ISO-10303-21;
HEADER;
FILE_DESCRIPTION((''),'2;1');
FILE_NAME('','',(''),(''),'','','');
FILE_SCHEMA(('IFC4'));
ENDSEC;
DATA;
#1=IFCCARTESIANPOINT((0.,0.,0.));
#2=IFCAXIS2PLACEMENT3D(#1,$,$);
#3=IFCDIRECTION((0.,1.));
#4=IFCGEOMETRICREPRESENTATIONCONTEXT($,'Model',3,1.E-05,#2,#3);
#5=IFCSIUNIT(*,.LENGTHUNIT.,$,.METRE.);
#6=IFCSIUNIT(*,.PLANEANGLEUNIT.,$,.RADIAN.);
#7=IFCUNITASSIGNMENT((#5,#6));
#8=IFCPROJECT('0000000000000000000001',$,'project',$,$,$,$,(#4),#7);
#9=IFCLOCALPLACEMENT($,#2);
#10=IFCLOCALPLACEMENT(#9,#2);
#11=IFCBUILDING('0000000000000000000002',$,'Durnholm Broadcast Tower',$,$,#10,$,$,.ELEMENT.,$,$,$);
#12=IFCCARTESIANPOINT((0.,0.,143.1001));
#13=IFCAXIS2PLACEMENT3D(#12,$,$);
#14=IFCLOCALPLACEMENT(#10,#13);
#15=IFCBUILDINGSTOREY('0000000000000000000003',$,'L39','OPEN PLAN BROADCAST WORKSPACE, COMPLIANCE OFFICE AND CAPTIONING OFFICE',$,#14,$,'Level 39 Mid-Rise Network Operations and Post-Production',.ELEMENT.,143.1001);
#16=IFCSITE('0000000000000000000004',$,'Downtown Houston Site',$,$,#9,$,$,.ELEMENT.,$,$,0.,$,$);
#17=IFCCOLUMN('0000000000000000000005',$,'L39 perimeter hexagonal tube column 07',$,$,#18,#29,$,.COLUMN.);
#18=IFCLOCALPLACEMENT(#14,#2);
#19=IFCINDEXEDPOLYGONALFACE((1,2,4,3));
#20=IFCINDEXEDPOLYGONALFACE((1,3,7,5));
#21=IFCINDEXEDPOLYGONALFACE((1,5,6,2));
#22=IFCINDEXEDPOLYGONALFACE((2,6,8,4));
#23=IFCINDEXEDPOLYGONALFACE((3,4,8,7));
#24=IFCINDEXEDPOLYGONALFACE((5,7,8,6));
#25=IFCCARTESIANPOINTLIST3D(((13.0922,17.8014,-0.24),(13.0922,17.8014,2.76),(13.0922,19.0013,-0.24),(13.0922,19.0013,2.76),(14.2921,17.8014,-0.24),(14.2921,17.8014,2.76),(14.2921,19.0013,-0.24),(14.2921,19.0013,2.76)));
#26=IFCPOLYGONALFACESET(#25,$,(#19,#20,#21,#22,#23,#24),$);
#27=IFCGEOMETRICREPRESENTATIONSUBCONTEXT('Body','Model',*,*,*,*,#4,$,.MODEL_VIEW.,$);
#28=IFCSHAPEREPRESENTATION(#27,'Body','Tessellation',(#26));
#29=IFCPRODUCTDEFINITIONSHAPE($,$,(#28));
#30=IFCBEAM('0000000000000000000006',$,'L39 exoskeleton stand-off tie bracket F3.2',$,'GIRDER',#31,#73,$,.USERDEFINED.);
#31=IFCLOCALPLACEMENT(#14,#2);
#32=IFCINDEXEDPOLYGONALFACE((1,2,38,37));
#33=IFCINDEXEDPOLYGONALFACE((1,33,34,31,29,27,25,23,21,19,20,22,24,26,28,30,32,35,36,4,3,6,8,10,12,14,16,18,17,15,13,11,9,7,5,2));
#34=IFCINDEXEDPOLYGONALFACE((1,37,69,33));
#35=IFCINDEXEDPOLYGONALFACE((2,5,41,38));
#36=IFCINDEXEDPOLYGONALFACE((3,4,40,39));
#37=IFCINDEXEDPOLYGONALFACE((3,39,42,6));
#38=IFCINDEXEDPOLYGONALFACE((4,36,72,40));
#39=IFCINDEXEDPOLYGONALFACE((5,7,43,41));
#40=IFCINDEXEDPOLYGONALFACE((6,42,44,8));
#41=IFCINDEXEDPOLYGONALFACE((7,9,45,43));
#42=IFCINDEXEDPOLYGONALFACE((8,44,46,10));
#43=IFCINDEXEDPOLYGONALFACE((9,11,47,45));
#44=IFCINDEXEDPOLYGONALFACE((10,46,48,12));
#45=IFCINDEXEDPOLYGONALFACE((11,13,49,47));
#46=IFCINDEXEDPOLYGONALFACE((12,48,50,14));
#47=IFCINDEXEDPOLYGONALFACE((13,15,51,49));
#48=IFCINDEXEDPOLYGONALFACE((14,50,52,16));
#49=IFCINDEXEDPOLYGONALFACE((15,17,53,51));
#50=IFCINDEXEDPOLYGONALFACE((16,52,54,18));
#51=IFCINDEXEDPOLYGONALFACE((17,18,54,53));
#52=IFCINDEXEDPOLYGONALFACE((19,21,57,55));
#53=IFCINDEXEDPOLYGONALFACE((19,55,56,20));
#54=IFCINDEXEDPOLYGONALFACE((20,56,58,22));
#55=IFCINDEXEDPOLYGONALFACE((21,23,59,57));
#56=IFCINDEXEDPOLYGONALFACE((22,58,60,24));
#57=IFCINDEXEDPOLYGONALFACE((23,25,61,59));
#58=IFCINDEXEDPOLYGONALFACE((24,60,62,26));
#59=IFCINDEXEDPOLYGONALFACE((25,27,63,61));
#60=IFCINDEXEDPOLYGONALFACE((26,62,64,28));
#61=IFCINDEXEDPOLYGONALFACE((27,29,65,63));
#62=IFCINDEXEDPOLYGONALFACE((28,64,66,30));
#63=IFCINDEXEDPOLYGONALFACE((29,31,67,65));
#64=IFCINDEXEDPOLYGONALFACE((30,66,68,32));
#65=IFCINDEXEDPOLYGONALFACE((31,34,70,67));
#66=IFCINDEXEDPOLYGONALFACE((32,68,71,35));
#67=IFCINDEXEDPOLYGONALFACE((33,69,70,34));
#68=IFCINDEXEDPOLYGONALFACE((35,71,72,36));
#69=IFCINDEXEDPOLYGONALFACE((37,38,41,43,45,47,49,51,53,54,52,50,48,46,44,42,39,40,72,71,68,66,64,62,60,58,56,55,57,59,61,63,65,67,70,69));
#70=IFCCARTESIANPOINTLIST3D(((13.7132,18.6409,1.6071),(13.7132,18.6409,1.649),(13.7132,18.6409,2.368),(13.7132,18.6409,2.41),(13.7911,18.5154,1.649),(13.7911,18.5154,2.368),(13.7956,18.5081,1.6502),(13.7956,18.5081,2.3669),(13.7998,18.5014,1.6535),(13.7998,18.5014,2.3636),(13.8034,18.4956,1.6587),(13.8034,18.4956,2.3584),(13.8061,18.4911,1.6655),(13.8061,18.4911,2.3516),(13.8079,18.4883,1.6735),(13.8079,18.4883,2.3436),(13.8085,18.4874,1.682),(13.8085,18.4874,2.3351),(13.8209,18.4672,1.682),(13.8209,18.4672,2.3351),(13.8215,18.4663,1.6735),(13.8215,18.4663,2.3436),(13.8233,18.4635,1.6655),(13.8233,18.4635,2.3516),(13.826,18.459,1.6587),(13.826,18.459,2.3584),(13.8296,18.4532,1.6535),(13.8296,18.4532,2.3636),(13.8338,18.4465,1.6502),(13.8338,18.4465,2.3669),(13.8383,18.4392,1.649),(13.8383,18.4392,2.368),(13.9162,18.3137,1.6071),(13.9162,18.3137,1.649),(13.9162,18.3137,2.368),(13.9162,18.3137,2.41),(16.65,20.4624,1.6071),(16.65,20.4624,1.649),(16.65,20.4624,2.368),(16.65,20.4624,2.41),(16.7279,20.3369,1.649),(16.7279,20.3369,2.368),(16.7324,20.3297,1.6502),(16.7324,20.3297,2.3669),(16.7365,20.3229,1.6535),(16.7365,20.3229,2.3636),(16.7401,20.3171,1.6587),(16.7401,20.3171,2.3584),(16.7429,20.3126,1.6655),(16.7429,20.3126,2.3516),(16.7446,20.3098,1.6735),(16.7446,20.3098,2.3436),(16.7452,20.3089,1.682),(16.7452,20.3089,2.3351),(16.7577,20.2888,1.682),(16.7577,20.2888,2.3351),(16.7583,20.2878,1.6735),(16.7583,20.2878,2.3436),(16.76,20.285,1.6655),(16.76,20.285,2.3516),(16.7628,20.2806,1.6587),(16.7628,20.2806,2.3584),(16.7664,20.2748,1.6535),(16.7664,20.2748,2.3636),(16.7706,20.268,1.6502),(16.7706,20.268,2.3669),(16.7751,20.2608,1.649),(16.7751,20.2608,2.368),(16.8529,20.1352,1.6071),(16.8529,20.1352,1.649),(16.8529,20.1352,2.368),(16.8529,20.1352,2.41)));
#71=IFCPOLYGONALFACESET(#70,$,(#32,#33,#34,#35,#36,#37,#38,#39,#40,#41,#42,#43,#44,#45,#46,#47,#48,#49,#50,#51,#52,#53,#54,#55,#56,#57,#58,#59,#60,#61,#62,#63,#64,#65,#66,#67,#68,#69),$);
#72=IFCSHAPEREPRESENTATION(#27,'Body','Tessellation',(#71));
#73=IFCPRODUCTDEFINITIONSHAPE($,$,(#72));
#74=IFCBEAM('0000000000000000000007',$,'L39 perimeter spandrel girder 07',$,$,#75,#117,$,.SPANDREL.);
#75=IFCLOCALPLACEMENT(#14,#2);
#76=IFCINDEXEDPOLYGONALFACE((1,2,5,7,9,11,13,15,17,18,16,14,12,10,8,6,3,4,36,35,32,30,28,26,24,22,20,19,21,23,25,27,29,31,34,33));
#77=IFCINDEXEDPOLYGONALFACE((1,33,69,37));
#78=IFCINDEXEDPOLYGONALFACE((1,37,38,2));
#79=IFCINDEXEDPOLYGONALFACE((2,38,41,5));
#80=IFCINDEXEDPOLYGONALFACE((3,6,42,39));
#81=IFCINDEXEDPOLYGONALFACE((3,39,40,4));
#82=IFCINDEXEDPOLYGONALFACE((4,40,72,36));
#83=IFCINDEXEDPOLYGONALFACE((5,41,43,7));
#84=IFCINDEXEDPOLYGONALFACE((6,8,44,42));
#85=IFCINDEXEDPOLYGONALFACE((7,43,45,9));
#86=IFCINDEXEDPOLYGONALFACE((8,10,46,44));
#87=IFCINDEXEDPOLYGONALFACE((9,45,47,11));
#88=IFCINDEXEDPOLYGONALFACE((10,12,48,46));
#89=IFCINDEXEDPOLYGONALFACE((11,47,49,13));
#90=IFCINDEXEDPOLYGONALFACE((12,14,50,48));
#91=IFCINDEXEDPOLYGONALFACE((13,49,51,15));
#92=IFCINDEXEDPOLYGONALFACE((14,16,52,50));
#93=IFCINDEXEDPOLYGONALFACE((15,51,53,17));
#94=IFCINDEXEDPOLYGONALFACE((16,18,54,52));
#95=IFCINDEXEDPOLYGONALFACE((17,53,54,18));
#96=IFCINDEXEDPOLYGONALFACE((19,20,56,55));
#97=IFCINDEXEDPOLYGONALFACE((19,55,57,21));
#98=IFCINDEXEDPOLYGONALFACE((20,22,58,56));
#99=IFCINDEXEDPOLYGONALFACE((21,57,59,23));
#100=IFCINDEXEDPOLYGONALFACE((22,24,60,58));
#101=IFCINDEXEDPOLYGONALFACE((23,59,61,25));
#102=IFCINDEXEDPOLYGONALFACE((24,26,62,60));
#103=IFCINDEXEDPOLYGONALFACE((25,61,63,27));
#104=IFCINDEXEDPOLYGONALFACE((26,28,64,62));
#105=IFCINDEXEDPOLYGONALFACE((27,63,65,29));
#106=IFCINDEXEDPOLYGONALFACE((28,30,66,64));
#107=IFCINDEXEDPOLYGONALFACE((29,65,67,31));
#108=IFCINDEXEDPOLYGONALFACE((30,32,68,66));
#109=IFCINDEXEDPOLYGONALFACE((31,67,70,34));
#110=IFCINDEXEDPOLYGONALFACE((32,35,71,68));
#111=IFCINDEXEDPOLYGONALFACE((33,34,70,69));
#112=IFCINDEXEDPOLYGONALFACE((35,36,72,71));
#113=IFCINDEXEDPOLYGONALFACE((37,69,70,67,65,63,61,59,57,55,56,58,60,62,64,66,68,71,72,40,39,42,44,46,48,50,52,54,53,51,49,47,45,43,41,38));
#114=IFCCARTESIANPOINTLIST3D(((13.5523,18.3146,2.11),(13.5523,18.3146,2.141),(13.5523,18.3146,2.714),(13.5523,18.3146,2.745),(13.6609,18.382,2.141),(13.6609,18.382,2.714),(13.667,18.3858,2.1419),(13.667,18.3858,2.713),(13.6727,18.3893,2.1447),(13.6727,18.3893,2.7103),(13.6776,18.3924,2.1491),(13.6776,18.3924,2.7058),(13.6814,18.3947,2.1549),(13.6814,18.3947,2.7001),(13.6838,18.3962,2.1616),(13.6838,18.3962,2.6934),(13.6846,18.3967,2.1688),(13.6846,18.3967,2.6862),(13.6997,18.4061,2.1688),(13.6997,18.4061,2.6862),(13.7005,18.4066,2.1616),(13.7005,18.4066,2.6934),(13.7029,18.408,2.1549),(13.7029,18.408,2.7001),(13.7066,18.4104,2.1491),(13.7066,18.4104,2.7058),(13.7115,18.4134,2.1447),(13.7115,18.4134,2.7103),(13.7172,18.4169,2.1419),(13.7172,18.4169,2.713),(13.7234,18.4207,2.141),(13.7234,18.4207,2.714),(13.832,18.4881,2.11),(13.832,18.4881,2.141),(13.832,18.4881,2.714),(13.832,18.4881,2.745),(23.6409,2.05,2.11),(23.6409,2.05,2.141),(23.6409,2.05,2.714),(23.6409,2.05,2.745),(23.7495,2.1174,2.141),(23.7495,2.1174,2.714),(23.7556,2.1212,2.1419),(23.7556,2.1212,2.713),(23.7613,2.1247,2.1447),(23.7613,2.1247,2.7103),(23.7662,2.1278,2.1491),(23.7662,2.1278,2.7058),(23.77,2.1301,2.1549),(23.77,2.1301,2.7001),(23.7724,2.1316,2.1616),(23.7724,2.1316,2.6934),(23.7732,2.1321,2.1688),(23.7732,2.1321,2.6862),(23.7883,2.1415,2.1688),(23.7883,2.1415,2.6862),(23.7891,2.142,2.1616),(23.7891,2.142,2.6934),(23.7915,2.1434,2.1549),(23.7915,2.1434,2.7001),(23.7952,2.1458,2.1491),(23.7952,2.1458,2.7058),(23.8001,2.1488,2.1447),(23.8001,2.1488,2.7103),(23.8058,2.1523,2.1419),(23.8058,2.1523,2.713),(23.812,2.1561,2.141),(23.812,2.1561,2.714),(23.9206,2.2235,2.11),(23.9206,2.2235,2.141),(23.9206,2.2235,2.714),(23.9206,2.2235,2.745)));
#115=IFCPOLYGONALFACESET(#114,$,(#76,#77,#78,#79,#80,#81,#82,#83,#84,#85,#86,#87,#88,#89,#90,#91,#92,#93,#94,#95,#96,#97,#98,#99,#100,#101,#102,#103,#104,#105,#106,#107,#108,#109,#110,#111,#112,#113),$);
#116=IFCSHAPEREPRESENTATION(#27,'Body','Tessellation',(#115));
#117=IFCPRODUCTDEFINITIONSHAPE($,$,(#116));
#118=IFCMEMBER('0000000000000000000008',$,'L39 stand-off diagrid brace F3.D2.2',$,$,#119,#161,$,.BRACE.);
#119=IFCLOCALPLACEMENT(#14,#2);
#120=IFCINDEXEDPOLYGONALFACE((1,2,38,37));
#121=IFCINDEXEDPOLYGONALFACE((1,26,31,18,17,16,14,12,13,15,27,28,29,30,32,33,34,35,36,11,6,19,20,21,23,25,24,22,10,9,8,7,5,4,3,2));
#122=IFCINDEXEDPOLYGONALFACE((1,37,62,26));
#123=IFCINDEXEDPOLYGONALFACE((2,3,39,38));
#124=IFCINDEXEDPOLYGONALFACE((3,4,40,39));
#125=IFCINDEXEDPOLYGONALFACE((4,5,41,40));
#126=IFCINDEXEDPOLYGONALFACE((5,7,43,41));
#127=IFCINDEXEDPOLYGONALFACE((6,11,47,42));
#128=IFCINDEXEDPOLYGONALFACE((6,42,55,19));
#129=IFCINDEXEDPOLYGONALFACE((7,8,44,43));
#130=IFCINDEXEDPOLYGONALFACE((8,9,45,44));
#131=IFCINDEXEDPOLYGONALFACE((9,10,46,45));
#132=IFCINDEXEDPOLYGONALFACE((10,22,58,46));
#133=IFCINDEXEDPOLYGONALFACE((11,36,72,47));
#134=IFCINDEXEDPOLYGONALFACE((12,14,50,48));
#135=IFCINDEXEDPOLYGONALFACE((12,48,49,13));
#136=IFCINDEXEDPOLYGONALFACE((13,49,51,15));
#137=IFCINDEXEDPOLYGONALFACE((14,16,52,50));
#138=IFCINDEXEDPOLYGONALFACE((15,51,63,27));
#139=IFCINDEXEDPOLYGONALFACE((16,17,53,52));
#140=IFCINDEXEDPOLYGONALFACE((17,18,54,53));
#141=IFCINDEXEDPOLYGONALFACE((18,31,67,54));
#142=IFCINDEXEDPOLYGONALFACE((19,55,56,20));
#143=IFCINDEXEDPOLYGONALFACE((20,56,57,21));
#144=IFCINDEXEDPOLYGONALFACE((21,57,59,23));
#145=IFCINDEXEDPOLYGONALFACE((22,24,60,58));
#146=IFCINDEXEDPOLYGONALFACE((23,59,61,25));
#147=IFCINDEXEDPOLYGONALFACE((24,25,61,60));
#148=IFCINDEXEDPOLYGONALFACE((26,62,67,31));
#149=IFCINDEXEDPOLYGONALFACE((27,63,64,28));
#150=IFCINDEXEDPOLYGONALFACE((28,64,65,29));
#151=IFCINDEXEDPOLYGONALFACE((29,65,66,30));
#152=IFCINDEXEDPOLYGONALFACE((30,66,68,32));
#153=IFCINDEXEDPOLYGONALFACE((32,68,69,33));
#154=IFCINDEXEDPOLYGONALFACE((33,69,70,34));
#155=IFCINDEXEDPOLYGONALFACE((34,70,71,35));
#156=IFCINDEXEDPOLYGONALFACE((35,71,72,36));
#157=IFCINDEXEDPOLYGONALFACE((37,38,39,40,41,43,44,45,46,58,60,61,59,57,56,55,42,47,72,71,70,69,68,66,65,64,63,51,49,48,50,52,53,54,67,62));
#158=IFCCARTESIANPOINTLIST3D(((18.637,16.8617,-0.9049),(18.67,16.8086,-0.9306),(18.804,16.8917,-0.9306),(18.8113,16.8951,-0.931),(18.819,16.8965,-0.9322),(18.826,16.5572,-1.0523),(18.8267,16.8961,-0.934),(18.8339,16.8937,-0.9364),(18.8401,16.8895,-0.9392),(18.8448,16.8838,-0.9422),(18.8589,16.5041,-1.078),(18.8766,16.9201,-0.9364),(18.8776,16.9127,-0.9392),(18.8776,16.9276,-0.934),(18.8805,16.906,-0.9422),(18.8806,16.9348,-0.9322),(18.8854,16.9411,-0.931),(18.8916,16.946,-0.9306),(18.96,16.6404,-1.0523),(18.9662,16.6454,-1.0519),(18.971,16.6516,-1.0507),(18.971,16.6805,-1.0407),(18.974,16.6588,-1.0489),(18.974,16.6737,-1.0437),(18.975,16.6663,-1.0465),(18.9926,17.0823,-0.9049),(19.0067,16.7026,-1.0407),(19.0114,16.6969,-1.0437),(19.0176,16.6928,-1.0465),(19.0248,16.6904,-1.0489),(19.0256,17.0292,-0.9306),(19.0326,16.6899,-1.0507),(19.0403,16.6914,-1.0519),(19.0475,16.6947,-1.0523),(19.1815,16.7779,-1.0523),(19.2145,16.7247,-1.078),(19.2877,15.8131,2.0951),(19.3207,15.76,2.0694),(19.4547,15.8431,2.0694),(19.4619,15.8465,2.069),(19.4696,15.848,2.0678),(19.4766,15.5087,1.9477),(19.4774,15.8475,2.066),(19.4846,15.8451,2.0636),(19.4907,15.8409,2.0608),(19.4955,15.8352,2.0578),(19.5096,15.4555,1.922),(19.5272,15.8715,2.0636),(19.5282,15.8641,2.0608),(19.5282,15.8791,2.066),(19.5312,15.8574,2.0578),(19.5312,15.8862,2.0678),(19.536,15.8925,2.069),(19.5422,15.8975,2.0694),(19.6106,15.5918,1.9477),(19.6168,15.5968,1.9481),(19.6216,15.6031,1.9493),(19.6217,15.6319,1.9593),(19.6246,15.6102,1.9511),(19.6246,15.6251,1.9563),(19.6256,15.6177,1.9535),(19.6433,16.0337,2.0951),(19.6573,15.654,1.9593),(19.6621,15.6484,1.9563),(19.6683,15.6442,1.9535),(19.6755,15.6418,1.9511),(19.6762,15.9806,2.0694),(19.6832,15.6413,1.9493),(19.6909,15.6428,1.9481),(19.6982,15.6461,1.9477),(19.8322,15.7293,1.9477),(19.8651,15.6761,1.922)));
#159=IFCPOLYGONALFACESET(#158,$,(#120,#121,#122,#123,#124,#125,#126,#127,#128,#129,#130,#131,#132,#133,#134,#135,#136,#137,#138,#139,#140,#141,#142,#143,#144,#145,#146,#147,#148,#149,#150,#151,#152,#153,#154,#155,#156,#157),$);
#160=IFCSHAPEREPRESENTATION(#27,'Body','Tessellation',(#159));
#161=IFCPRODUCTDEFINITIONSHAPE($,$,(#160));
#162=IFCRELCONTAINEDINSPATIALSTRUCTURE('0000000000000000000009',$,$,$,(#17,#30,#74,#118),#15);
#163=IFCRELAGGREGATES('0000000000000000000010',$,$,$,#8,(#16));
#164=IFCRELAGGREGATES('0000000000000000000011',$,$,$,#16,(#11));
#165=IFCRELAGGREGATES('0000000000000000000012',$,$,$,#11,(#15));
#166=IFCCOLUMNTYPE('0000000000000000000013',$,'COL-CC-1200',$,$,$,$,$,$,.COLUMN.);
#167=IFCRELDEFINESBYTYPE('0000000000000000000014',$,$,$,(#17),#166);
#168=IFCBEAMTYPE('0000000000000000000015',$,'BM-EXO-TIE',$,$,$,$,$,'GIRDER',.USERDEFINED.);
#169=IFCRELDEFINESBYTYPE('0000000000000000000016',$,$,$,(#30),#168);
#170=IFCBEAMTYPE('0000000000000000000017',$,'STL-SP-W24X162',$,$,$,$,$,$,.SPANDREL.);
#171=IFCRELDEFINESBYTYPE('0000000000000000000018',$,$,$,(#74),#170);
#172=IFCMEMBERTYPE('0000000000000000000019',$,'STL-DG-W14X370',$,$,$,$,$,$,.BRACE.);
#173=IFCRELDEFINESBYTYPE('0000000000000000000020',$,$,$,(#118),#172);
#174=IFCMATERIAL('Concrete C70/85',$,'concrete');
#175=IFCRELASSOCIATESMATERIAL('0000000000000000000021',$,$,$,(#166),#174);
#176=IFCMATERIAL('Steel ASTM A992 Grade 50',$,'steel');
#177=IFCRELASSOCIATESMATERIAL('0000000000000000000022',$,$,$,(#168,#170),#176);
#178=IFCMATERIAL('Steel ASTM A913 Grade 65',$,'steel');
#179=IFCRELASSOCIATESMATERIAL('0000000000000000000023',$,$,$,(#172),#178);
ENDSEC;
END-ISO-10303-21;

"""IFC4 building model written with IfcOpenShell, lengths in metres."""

from ifc_helpers import new_model, si_unit, direction, frame, origin, origin_2d, place, context, subcontext, project, spatial, rectangle, i_section, extrude, source, transform, mapped, material, material_profile, profile_set, type_object, type_shapes, element, save


model = new_model("IFC4")

# Units and contexts
model_context = context("Model", 3, precision=1e-05, world=origin(), true_north=direction((0.0, 1.0)))
body_context = subcontext(model_context, "Body", "Model", "MODEL_VIEW")
ifc_project = project(units=[si_unit("LENGTHUNIT", "METRE"), si_unit("PLANEANGLEUNIT", "RADIAN")], contexts=[model_context])

# Site, building, storey
site_placement = place(None, origin())
site = spatial("IfcSite", under=ifc_project, at=site_placement, Name="Downtown Houston Site", CompositionType="ELEMENT", RefElevation=0.0)
building_placement = place(site_placement, origin())
building = spatial("IfcBuilding", under=site, at=building_placement, Name="Durnholm Broadcast Tower", CompositionType="ELEMENT")
storey_placement = place(building_placement, frame((0.0, 0.0, 143.1001)))
storey = spatial("IfcBuildingStorey", under=building, at=storey_placement, Name="L39", Description="OPEN PLAN BROADCAST WORKSPACE, COMPLIANCE OFFICE AND CAPTIONING OFFICE", LongName="Level 39 Mid-Rise Network Operations and Post-Production", CompositionType="ELEMENT", Elevation=143.1001)

# Column
ifc_material_1 = material(Name="Concrete C70/85", Category="concrete")
ifc_material_profile_1 = material_profile(ifc_material_1, rectangle(XDim=1.2, YDim=1.2, at=origin_2d()), Name="RC1200X1200")
ifc_profile_set_1 = profile_set([ifc_material_profile_1], Name="Concrete C70/85")
column_type = type_object("IfcColumnType", Name="COL-CC-1200", PredefinedType="COLUMN", material=ifc_profile_set_1)
shared_shape_1 = source(origin(), body_context, "Body", "SweptSolid", [
    extrude(rectangle(XDim=1.2, YDim=1.2, at=origin_2d()), origin(), (0.0, 0.0, 1.0), 3.0),
])
type_shapes(column_type, [shared_shape_1])
column_placement = place(storey_placement, frame((13.6921, 18.4014, -0.24), z_axis=(0.0, 0.0, 1.0), x_axis=(1.0, 0.0, 0.0)))
element("IfcColumn", 1, at=column_placement, inside=storey, type_object=column_type, Name="L39 perimeter hexagonal tube column 07", PredefinedType="COLUMN", context=body_context, shape_type="MappedRepresentation", body=[
    mapped(shared_shape_1, transform((0.0, 0.0, 0.0), x_axis=(1.0, 0.0, 0.0), y_axis=(0.0, 1.0, 0.0), z_axis=(0.0, 0.0, 1.0), scale=1.0)),
])

# Beams
ifc_material_2 = material(Name="Steel ASTM A992 Grade 50", Category="steel")
ifc_material_profile_2 = material_profile(ifc_material_2, i_section(OverallWidth=0.385, OverallDepth=0.803, WebThickness=0.0237, FlangeThickness=0.042, FilletRadius=0.033, at=origin_2d()), Name="W30X261")
ifc_profile_set_2 = profile_set([ifc_material_profile_2], Name="Steel ASTM A992 Grade 50")
beam_type_1 = type_object("IfcBeamType", Name="BM-EXO-TIE", ElementType="GIRDER", PredefinedType="USERDEFINED", material=ifc_profile_set_2)
shared_shape_2 = source(origin(), body_context, "Body", "SweptSolid", [
    extrude(i_section(OverallWidth=0.385, OverallDepth=0.803, WebThickness=0.0237, FlangeThickness=0.042, FilletRadius=0.033, at=origin_2d()), origin(), (0.0, 0.0, 1.0), 3.4558),
])
type_shapes(beam_type_1, [shared_shape_2])
beam_1_placement = place(storey_placement, frame((13.8147, 18.4773, 2.0085), z_axis=(0.849807, 0.527094, 0.0), x_axis=(-0.527094, 0.849807, 0.0)))
element("IfcBeam", 2, at=beam_1_placement, inside=storey, type_object=beam_type_1, Name="L39 exoskeleton stand-off tie bracket F3.2", ObjectType="GIRDER", PredefinedType="USERDEFINED", context=body_context, shape_type="MappedRepresentation", body=[
    mapped(shared_shape_2, transform((0.0, 0.0, 0.0), x_axis=(1.0, 0.0, 0.0), y_axis=(0.0, 1.0, 0.0), z_axis=(0.0, 0.0, 1.0), scale=1.0)),
])
ifc_material_profile_3 = material_profile(ifc_material_2, i_section(OverallWidth=0.3291, OverallDepth=0.635, WebThickness=0.0178, FlangeThickness=0.031, FilletRadius=0.0278, at=origin_2d()), Name="W24X162")
ifc_profile_set_3 = profile_set([ifc_material_profile_3], Name="Steel ASTM A992 Grade 50")
beam_type_2 = type_object("IfcBeamType", Name="STL-SP-W24X162", PredefinedType="SPANDREL", material=ifc_profile_set_3)
shared_shape_3 = source(origin(), body_context, "Body", "SweptSolid", [
    extrude(i_section(OverallWidth=0.3291, OverallDepth=0.635, WebThickness=0.0178, FlangeThickness=0.031, FilletRadius=0.0278, at=origin_2d()), origin(), (0.0, 0.0, 1.0), 19.1394),
])
type_shapes(beam_type_2, [shared_shape_3])
beam_2_placement = place(storey_placement, frame((13.6921, 18.4014, 2.4275), z_axis=(0.527111, -0.849796, 0.0), x_axis=(0.849796, 0.527111, 0.0)))
element("IfcBeam", 3, at=beam_2_placement, inside=storey, type_object=beam_type_2, Name="L39 perimeter spandrel girder 07", PredefinedType="SPANDREL", context=body_context, shape_type="MappedRepresentation", body=[
    mapped(shared_shape_3, transform((0.0, 0.0, 0.0), x_axis=(1.0, 0.0, 0.0), y_axis=(0.0, 1.0, 0.0), z_axis=(0.0, 0.0, 1.0), scale=1.0)),
])

# Member
ifc_material_3 = material(Name="Steel ASTM A913 Grade 65", Category="steel")
ifc_material_profile_4 = material_profile(ifc_material_3, i_section(OverallWidth=0.4185, OverallDepth=0.4551, WebThickness=0.042, FlangeThickness=0.0676, FilletRadius=0.0305, at=origin_2d()), Name="W14X370")
ifc_profile_set_4 = profile_set([ifc_material_profile_4], Name="Steel ASTM A913 Grade 65")
member_type_1 = type_object("IfcMemberType", Name="STL-DG-W14X370", PredefinedType="BRACE", material=ifc_profile_set_4)
shared_shape_4 = source(origin(), body_context, "Body", "SweptSolid", [
    extrude(i_section(OverallWidth=0.4185, OverallDepth=0.4551, WebThickness=0.042, FlangeThickness=0.0676, FilletRadius=0.0305, at=origin_2d()), origin(), (0.0, 0.0, 1.0), 3.2439),
])
member_1_placement = place(storey_placement, frame((18.9258, 16.7932, -0.9915), z_axis=(0.200572, -0.323248, 0.924814), x_axis=(0.849717, 0.52724, 0.0)))
element("IfcMember", 4, at=member_1_placement, inside=storey, type_object=member_type_1, Name="L39 stand-off diagrid brace F3.D2.2", PredefinedType="BRACE", context=body_context, shape_type="MappedRepresentation", body=[
    mapped(shared_shape_4, transform((0.0, 0.0, 0.0), x_axis=(1.0, 0.0, 0.0), y_axis=(0.0, 1.0, 0.0), z_axis=(0.0, 0.0, 1.0), scale=1.0)),
])

save(model, "model.ifc")
